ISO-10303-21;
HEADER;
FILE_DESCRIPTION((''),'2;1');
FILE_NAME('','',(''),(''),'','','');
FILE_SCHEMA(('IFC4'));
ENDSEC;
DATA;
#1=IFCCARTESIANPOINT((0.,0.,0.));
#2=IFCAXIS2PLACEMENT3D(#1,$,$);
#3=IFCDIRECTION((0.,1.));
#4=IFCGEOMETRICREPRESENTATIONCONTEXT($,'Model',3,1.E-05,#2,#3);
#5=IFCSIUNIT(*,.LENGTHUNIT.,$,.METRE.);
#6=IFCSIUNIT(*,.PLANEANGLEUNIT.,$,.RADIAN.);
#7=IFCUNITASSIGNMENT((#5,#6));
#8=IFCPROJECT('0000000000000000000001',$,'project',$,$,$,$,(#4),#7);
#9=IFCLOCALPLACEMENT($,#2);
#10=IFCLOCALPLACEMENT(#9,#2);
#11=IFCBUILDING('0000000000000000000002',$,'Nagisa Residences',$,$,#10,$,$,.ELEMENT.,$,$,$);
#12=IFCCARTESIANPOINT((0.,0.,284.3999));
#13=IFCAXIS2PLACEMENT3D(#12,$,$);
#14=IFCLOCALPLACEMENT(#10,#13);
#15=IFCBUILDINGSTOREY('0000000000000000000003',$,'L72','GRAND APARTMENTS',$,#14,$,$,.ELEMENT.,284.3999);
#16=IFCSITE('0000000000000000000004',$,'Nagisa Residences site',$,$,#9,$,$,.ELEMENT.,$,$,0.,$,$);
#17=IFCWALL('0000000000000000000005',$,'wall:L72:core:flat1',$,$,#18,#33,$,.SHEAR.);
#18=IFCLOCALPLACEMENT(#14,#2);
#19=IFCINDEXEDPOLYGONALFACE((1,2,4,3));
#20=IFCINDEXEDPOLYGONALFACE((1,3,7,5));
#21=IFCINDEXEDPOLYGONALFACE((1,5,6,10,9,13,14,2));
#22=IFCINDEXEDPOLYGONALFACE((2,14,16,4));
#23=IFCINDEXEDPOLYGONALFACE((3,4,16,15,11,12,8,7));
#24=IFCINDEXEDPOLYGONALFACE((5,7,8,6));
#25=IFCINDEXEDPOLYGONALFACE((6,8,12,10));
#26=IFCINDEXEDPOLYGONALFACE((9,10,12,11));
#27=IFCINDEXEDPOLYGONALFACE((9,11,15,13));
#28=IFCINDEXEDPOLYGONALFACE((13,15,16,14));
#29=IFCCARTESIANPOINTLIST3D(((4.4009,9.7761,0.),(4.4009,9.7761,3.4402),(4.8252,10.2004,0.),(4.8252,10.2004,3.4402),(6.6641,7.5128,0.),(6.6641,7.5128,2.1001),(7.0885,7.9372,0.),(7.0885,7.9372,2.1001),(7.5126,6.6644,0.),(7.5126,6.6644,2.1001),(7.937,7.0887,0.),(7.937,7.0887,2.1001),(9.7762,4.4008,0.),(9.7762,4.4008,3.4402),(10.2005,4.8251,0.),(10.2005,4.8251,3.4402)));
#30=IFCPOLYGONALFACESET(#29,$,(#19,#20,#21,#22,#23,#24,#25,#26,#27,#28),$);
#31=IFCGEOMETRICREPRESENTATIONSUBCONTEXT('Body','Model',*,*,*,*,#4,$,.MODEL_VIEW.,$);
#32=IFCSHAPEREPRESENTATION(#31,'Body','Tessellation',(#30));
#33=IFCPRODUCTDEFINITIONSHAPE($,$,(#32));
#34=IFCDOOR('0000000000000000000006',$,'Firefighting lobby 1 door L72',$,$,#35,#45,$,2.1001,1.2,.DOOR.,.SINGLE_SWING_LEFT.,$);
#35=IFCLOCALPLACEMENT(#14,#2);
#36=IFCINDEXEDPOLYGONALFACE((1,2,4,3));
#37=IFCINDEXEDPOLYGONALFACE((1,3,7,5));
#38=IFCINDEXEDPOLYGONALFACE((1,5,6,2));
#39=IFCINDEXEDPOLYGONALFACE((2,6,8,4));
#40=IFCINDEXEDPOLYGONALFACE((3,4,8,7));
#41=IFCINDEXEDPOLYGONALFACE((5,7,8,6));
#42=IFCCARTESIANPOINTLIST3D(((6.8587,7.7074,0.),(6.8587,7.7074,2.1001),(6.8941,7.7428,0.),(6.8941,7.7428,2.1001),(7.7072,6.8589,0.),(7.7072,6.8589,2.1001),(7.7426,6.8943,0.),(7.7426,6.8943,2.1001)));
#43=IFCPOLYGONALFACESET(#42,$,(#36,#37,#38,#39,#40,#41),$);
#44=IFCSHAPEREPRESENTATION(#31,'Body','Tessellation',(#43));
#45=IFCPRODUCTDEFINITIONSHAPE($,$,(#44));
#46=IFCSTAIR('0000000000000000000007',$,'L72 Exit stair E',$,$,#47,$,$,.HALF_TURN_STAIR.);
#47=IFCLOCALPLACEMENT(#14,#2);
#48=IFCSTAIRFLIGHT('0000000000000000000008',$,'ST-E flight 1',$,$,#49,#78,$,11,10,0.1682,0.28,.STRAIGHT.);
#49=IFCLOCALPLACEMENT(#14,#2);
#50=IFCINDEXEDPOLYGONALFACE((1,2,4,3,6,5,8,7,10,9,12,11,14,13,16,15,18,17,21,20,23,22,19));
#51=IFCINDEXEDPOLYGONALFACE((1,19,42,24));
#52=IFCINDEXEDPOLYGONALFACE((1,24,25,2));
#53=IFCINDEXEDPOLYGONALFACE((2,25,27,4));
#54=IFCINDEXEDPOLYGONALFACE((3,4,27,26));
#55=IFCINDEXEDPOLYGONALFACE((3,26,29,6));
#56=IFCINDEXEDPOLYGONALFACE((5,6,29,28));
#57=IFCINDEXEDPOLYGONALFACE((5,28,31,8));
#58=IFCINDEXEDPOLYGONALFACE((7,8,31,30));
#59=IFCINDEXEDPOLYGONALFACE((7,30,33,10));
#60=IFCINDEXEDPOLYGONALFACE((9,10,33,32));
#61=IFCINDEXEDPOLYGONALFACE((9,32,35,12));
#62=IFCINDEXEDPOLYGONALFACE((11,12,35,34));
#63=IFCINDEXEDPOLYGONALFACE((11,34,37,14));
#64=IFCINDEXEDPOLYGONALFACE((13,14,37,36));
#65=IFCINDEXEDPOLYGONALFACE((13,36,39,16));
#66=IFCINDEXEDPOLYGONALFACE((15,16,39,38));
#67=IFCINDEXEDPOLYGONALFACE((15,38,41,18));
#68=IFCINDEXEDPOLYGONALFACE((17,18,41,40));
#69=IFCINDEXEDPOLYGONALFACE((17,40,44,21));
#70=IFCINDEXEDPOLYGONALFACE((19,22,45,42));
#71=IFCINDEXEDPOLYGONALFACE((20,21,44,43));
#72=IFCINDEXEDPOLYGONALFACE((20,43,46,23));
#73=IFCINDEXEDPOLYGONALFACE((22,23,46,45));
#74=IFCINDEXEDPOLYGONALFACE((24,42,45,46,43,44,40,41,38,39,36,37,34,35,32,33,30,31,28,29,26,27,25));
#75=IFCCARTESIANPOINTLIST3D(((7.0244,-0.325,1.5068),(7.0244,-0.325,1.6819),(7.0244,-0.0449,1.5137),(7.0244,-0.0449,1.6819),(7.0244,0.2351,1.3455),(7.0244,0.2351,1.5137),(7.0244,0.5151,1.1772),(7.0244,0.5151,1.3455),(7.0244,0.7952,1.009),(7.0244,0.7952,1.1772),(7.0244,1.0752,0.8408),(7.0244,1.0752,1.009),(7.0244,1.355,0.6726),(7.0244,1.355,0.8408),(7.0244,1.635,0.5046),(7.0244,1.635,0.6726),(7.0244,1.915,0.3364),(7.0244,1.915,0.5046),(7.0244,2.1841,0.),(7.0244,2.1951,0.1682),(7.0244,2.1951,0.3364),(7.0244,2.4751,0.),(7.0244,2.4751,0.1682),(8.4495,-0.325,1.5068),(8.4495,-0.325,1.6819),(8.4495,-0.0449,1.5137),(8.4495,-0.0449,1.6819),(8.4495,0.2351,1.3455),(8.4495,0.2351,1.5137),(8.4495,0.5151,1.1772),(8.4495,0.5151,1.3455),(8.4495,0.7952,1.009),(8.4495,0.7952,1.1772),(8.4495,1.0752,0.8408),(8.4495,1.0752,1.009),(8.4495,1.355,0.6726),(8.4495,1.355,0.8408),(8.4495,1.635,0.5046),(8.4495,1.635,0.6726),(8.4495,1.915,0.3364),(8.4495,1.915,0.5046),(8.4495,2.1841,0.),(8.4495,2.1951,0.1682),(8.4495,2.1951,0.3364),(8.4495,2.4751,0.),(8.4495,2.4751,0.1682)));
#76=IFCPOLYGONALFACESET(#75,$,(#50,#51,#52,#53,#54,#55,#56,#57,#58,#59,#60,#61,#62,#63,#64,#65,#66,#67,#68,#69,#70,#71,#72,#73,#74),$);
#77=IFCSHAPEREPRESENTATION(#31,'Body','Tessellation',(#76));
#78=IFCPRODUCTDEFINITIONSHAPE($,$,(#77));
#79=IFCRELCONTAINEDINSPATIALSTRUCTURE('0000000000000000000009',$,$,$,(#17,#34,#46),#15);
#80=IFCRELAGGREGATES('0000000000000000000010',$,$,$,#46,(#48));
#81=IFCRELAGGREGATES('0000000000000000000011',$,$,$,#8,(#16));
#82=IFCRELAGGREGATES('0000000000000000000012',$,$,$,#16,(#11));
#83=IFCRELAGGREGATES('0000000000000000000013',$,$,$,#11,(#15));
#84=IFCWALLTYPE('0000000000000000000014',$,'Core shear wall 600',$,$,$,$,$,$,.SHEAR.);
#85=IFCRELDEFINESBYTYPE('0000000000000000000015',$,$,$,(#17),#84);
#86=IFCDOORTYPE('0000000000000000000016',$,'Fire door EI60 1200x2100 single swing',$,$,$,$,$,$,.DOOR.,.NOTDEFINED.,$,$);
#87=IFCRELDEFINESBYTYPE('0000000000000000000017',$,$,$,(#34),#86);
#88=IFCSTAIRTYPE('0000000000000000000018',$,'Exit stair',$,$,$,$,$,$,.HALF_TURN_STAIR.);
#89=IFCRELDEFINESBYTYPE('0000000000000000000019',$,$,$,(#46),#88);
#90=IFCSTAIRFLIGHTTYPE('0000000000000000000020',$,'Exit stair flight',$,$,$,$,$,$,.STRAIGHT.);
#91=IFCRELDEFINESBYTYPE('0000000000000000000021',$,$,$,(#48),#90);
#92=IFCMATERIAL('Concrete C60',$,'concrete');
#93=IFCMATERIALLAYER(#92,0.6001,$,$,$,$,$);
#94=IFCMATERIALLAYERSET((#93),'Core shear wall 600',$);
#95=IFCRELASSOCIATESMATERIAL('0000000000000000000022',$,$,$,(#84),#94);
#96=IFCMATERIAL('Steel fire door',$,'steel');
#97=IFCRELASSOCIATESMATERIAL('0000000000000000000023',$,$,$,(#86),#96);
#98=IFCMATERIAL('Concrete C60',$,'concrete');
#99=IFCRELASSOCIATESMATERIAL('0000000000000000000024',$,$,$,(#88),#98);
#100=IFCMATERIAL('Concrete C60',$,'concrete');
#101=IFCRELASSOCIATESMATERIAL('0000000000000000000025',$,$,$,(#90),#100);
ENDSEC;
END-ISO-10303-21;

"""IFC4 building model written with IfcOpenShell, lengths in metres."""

from ifc_helpers import new_model, si_unit, direction, frame, frame_2d, origin, place, context, subcontext, project, spatial, polyline, rectangle, outline, extrude, material, layer, layer_set, type_object, element, fill, aggregate, save


model = new_model("IFC4")

# Units and contexts
model_context = context("Model", 3, precision=1e-05, world=origin(), true_north=direction((0.0, 1.0)))
body_context = subcontext(model_context, "Body", "Model", "MODEL_VIEW")
ifc_project = project(units=[si_unit("LENGTHUNIT", "METRE"), si_unit("PLANEANGLEUNIT", "RADIAN")], contexts=[model_context])

# Site, building, storey
site_placement = place(None, origin())
site = spatial("IfcSite", under=ifc_project, at=site_placement, Name="Nagisa Residences site", CompositionType="ELEMENT", RefElevation=0.0)
building_placement = place(site_placement, origin())
building = spatial("IfcBuilding", under=site, at=building_placement, Name="Nagisa Residences", CompositionType="ELEMENT")
storey_placement = place(building_placement, frame((0.0, 0.0, 284.3999)))
storey = spatial("IfcBuildingStorey", under=building, at=storey_placement, Name="L72", Description="GRAND APARTMENTS", CompositionType="ELEMENT", Elevation=284.3999)

# Wall, opening, door
ifc_material_1 = material(Name="Concrete C60", Category="concrete")
ifc_layer_1 = layer(ifc_material_1, 0.6001)
ifc_layer_set_1 = layer_set([ifc_layer_1], Name="Core shear wall 600")
wall_type_1 = type_object("IfcWallType", Name="Core shear wall 600", PredefinedType="SHEAR", material=ifc_layer_set_1)
wall_1_placement = place(storey_placement, frame((9.9883, 4.613, 0.0), z_axis=(0.0, 0.0, 1.0), x_axis=(-0.707107, 0.707107, 0.0)))
wall_1 = element("IfcWall", 1, at=wall_1_placement, inside=storey, type_object=wall_type_1, Name="wall:L72:core:flat1", PredefinedType="SHEAR", context=body_context, shape_type="SweptSolid", body=[
    extrude(rectangle(XDim=7.6018, YDim=0.6001, at=frame_2d((3.8008, 0.0))), origin(), (0.0, 0.0, 1.0), 3.4402),
])
opening_1_placement = place(wall_1_placement, frame((3.2009, 0.0, 0.0)))
opening_1 = element("IfcOpeningElement", 2, at=opening_1_placement, cuts=wall_1, PredefinedType="OPENING", context=body_context, shape_type="SweptSolid", body=[
    extrude(rectangle(XDim=1.2, YDim=2.1001, at=frame_2d((0.6001, 1.05))), frame((0.0, 0.3101, 0.0), z_axis=(0.0, -1.0, 0.0), x_axis=(1.0, 0.0, 0.0)), (0.0, 0.0, 1.0), 0.6201),
])
ifc_material_2 = material(Name="Steel fire door", Category="steel")
door_type_1 = type_object("IfcDoorType", Name="Fire door EI60 1200x2100 single swing", OperationType="NOTDEFINED", PredefinedType="DOOR", material=ifc_material_2)
door_1_placement = place(opening_1_placement, origin())
door_1 = element("IfcDoor", 3, at=door_1_placement, inside=storey, type_object=door_type_1, Name="Firefighting lobby 1 door L72", OperationType="SINGLE_SWING_LEFT", OverallHeight=2.1001, OverallWidth=1.2, PredefinedType="DOOR", context=body_context, shape_type="SweptSolid", body=[
    extrude(rectangle(XDim=1.2, YDim=2.1001, at=frame_2d((0.6001, 1.05))), frame((0.0, 0.0249, 0.0), z_axis=(0.0, -1.0, 0.0), x_axis=(1.0, 0.0, 0.0)), (0.0, 0.0, 1.0), 0.05),
])
fill(opening_1, door_1)

# Stair, stair flight
ifc_material_3 = material(Name="Concrete C60", Category="concrete")
stair_type = type_object("IfcStairType", Name="Exit stair", PredefinedType="HALF_TURN_STAIR", material=ifc_material_3)
stair_placement = place(storey_placement, origin())
stair = element("IfcStair", 4, at=stair_placement, inside=storey, type_object=stair_type, Name="L72 Exit stair E", PredefinedType="HALF_TURN_STAIR")
ifc_material_4 = material(Name="Concrete C60", Category="concrete")
stair_flight_type = type_object("IfcStairFlightType", Name="Exit stair flight", PredefinedType="STRAIGHT", material=ifc_material_4)
stair_flight_placement = place(storey_placement, frame((7.7371, 2.4751, 0.0), z_axis=(0.0, 0.0, 1.0), x_axis=(0.0, -1.0, 0.0)))
stair_flight = element("IfcStairFlight", 5, at=stair_flight_placement, type_object=stair_flight_type, Name="ST-E flight 1", NumberOfRisers=11, NumberOfTreads=10, PredefinedType="STRAIGHT", RiserHeight=0.1682, TreadLength=0.28, context=body_context, shape_type="SweptSolid", body=[
    extrude(outline(polyline([(0.0, 0.0), (0.0, 0.1682), (0.28, 0.1682), (0.28, 0.3364), (0.5601, 0.3364), (0.5601, 0.5046), (0.8401, 0.5046), (0.8401, 0.6726), (1.1201, 0.6726), (1.1201, 0.8408), (1.3999, 0.8408), (1.3999, 1.009), (1.6799, 1.009), (1.6799, 1.1772), (1.96, 1.1772), (1.96, 1.3455), (2.24, 1.3455), (2.24, 1.5137), (2.52, 1.5137), (2.52, 1.6819), (2.8, 1.6819), (2.8, 1.8501), (2.8, 1.5068), (0.291, 0.0), (0.0, 0.0)])), frame((0.0, 0.7124, 0.0), z_axis=(0.0, -1.0, 0.0), x_axis=(1.0, 0.0, 0.0)), (0.0, 0.0, 1.0), 1.425),
])
aggregate(stair, [stair_flight])

save(model, "model.ifc")
